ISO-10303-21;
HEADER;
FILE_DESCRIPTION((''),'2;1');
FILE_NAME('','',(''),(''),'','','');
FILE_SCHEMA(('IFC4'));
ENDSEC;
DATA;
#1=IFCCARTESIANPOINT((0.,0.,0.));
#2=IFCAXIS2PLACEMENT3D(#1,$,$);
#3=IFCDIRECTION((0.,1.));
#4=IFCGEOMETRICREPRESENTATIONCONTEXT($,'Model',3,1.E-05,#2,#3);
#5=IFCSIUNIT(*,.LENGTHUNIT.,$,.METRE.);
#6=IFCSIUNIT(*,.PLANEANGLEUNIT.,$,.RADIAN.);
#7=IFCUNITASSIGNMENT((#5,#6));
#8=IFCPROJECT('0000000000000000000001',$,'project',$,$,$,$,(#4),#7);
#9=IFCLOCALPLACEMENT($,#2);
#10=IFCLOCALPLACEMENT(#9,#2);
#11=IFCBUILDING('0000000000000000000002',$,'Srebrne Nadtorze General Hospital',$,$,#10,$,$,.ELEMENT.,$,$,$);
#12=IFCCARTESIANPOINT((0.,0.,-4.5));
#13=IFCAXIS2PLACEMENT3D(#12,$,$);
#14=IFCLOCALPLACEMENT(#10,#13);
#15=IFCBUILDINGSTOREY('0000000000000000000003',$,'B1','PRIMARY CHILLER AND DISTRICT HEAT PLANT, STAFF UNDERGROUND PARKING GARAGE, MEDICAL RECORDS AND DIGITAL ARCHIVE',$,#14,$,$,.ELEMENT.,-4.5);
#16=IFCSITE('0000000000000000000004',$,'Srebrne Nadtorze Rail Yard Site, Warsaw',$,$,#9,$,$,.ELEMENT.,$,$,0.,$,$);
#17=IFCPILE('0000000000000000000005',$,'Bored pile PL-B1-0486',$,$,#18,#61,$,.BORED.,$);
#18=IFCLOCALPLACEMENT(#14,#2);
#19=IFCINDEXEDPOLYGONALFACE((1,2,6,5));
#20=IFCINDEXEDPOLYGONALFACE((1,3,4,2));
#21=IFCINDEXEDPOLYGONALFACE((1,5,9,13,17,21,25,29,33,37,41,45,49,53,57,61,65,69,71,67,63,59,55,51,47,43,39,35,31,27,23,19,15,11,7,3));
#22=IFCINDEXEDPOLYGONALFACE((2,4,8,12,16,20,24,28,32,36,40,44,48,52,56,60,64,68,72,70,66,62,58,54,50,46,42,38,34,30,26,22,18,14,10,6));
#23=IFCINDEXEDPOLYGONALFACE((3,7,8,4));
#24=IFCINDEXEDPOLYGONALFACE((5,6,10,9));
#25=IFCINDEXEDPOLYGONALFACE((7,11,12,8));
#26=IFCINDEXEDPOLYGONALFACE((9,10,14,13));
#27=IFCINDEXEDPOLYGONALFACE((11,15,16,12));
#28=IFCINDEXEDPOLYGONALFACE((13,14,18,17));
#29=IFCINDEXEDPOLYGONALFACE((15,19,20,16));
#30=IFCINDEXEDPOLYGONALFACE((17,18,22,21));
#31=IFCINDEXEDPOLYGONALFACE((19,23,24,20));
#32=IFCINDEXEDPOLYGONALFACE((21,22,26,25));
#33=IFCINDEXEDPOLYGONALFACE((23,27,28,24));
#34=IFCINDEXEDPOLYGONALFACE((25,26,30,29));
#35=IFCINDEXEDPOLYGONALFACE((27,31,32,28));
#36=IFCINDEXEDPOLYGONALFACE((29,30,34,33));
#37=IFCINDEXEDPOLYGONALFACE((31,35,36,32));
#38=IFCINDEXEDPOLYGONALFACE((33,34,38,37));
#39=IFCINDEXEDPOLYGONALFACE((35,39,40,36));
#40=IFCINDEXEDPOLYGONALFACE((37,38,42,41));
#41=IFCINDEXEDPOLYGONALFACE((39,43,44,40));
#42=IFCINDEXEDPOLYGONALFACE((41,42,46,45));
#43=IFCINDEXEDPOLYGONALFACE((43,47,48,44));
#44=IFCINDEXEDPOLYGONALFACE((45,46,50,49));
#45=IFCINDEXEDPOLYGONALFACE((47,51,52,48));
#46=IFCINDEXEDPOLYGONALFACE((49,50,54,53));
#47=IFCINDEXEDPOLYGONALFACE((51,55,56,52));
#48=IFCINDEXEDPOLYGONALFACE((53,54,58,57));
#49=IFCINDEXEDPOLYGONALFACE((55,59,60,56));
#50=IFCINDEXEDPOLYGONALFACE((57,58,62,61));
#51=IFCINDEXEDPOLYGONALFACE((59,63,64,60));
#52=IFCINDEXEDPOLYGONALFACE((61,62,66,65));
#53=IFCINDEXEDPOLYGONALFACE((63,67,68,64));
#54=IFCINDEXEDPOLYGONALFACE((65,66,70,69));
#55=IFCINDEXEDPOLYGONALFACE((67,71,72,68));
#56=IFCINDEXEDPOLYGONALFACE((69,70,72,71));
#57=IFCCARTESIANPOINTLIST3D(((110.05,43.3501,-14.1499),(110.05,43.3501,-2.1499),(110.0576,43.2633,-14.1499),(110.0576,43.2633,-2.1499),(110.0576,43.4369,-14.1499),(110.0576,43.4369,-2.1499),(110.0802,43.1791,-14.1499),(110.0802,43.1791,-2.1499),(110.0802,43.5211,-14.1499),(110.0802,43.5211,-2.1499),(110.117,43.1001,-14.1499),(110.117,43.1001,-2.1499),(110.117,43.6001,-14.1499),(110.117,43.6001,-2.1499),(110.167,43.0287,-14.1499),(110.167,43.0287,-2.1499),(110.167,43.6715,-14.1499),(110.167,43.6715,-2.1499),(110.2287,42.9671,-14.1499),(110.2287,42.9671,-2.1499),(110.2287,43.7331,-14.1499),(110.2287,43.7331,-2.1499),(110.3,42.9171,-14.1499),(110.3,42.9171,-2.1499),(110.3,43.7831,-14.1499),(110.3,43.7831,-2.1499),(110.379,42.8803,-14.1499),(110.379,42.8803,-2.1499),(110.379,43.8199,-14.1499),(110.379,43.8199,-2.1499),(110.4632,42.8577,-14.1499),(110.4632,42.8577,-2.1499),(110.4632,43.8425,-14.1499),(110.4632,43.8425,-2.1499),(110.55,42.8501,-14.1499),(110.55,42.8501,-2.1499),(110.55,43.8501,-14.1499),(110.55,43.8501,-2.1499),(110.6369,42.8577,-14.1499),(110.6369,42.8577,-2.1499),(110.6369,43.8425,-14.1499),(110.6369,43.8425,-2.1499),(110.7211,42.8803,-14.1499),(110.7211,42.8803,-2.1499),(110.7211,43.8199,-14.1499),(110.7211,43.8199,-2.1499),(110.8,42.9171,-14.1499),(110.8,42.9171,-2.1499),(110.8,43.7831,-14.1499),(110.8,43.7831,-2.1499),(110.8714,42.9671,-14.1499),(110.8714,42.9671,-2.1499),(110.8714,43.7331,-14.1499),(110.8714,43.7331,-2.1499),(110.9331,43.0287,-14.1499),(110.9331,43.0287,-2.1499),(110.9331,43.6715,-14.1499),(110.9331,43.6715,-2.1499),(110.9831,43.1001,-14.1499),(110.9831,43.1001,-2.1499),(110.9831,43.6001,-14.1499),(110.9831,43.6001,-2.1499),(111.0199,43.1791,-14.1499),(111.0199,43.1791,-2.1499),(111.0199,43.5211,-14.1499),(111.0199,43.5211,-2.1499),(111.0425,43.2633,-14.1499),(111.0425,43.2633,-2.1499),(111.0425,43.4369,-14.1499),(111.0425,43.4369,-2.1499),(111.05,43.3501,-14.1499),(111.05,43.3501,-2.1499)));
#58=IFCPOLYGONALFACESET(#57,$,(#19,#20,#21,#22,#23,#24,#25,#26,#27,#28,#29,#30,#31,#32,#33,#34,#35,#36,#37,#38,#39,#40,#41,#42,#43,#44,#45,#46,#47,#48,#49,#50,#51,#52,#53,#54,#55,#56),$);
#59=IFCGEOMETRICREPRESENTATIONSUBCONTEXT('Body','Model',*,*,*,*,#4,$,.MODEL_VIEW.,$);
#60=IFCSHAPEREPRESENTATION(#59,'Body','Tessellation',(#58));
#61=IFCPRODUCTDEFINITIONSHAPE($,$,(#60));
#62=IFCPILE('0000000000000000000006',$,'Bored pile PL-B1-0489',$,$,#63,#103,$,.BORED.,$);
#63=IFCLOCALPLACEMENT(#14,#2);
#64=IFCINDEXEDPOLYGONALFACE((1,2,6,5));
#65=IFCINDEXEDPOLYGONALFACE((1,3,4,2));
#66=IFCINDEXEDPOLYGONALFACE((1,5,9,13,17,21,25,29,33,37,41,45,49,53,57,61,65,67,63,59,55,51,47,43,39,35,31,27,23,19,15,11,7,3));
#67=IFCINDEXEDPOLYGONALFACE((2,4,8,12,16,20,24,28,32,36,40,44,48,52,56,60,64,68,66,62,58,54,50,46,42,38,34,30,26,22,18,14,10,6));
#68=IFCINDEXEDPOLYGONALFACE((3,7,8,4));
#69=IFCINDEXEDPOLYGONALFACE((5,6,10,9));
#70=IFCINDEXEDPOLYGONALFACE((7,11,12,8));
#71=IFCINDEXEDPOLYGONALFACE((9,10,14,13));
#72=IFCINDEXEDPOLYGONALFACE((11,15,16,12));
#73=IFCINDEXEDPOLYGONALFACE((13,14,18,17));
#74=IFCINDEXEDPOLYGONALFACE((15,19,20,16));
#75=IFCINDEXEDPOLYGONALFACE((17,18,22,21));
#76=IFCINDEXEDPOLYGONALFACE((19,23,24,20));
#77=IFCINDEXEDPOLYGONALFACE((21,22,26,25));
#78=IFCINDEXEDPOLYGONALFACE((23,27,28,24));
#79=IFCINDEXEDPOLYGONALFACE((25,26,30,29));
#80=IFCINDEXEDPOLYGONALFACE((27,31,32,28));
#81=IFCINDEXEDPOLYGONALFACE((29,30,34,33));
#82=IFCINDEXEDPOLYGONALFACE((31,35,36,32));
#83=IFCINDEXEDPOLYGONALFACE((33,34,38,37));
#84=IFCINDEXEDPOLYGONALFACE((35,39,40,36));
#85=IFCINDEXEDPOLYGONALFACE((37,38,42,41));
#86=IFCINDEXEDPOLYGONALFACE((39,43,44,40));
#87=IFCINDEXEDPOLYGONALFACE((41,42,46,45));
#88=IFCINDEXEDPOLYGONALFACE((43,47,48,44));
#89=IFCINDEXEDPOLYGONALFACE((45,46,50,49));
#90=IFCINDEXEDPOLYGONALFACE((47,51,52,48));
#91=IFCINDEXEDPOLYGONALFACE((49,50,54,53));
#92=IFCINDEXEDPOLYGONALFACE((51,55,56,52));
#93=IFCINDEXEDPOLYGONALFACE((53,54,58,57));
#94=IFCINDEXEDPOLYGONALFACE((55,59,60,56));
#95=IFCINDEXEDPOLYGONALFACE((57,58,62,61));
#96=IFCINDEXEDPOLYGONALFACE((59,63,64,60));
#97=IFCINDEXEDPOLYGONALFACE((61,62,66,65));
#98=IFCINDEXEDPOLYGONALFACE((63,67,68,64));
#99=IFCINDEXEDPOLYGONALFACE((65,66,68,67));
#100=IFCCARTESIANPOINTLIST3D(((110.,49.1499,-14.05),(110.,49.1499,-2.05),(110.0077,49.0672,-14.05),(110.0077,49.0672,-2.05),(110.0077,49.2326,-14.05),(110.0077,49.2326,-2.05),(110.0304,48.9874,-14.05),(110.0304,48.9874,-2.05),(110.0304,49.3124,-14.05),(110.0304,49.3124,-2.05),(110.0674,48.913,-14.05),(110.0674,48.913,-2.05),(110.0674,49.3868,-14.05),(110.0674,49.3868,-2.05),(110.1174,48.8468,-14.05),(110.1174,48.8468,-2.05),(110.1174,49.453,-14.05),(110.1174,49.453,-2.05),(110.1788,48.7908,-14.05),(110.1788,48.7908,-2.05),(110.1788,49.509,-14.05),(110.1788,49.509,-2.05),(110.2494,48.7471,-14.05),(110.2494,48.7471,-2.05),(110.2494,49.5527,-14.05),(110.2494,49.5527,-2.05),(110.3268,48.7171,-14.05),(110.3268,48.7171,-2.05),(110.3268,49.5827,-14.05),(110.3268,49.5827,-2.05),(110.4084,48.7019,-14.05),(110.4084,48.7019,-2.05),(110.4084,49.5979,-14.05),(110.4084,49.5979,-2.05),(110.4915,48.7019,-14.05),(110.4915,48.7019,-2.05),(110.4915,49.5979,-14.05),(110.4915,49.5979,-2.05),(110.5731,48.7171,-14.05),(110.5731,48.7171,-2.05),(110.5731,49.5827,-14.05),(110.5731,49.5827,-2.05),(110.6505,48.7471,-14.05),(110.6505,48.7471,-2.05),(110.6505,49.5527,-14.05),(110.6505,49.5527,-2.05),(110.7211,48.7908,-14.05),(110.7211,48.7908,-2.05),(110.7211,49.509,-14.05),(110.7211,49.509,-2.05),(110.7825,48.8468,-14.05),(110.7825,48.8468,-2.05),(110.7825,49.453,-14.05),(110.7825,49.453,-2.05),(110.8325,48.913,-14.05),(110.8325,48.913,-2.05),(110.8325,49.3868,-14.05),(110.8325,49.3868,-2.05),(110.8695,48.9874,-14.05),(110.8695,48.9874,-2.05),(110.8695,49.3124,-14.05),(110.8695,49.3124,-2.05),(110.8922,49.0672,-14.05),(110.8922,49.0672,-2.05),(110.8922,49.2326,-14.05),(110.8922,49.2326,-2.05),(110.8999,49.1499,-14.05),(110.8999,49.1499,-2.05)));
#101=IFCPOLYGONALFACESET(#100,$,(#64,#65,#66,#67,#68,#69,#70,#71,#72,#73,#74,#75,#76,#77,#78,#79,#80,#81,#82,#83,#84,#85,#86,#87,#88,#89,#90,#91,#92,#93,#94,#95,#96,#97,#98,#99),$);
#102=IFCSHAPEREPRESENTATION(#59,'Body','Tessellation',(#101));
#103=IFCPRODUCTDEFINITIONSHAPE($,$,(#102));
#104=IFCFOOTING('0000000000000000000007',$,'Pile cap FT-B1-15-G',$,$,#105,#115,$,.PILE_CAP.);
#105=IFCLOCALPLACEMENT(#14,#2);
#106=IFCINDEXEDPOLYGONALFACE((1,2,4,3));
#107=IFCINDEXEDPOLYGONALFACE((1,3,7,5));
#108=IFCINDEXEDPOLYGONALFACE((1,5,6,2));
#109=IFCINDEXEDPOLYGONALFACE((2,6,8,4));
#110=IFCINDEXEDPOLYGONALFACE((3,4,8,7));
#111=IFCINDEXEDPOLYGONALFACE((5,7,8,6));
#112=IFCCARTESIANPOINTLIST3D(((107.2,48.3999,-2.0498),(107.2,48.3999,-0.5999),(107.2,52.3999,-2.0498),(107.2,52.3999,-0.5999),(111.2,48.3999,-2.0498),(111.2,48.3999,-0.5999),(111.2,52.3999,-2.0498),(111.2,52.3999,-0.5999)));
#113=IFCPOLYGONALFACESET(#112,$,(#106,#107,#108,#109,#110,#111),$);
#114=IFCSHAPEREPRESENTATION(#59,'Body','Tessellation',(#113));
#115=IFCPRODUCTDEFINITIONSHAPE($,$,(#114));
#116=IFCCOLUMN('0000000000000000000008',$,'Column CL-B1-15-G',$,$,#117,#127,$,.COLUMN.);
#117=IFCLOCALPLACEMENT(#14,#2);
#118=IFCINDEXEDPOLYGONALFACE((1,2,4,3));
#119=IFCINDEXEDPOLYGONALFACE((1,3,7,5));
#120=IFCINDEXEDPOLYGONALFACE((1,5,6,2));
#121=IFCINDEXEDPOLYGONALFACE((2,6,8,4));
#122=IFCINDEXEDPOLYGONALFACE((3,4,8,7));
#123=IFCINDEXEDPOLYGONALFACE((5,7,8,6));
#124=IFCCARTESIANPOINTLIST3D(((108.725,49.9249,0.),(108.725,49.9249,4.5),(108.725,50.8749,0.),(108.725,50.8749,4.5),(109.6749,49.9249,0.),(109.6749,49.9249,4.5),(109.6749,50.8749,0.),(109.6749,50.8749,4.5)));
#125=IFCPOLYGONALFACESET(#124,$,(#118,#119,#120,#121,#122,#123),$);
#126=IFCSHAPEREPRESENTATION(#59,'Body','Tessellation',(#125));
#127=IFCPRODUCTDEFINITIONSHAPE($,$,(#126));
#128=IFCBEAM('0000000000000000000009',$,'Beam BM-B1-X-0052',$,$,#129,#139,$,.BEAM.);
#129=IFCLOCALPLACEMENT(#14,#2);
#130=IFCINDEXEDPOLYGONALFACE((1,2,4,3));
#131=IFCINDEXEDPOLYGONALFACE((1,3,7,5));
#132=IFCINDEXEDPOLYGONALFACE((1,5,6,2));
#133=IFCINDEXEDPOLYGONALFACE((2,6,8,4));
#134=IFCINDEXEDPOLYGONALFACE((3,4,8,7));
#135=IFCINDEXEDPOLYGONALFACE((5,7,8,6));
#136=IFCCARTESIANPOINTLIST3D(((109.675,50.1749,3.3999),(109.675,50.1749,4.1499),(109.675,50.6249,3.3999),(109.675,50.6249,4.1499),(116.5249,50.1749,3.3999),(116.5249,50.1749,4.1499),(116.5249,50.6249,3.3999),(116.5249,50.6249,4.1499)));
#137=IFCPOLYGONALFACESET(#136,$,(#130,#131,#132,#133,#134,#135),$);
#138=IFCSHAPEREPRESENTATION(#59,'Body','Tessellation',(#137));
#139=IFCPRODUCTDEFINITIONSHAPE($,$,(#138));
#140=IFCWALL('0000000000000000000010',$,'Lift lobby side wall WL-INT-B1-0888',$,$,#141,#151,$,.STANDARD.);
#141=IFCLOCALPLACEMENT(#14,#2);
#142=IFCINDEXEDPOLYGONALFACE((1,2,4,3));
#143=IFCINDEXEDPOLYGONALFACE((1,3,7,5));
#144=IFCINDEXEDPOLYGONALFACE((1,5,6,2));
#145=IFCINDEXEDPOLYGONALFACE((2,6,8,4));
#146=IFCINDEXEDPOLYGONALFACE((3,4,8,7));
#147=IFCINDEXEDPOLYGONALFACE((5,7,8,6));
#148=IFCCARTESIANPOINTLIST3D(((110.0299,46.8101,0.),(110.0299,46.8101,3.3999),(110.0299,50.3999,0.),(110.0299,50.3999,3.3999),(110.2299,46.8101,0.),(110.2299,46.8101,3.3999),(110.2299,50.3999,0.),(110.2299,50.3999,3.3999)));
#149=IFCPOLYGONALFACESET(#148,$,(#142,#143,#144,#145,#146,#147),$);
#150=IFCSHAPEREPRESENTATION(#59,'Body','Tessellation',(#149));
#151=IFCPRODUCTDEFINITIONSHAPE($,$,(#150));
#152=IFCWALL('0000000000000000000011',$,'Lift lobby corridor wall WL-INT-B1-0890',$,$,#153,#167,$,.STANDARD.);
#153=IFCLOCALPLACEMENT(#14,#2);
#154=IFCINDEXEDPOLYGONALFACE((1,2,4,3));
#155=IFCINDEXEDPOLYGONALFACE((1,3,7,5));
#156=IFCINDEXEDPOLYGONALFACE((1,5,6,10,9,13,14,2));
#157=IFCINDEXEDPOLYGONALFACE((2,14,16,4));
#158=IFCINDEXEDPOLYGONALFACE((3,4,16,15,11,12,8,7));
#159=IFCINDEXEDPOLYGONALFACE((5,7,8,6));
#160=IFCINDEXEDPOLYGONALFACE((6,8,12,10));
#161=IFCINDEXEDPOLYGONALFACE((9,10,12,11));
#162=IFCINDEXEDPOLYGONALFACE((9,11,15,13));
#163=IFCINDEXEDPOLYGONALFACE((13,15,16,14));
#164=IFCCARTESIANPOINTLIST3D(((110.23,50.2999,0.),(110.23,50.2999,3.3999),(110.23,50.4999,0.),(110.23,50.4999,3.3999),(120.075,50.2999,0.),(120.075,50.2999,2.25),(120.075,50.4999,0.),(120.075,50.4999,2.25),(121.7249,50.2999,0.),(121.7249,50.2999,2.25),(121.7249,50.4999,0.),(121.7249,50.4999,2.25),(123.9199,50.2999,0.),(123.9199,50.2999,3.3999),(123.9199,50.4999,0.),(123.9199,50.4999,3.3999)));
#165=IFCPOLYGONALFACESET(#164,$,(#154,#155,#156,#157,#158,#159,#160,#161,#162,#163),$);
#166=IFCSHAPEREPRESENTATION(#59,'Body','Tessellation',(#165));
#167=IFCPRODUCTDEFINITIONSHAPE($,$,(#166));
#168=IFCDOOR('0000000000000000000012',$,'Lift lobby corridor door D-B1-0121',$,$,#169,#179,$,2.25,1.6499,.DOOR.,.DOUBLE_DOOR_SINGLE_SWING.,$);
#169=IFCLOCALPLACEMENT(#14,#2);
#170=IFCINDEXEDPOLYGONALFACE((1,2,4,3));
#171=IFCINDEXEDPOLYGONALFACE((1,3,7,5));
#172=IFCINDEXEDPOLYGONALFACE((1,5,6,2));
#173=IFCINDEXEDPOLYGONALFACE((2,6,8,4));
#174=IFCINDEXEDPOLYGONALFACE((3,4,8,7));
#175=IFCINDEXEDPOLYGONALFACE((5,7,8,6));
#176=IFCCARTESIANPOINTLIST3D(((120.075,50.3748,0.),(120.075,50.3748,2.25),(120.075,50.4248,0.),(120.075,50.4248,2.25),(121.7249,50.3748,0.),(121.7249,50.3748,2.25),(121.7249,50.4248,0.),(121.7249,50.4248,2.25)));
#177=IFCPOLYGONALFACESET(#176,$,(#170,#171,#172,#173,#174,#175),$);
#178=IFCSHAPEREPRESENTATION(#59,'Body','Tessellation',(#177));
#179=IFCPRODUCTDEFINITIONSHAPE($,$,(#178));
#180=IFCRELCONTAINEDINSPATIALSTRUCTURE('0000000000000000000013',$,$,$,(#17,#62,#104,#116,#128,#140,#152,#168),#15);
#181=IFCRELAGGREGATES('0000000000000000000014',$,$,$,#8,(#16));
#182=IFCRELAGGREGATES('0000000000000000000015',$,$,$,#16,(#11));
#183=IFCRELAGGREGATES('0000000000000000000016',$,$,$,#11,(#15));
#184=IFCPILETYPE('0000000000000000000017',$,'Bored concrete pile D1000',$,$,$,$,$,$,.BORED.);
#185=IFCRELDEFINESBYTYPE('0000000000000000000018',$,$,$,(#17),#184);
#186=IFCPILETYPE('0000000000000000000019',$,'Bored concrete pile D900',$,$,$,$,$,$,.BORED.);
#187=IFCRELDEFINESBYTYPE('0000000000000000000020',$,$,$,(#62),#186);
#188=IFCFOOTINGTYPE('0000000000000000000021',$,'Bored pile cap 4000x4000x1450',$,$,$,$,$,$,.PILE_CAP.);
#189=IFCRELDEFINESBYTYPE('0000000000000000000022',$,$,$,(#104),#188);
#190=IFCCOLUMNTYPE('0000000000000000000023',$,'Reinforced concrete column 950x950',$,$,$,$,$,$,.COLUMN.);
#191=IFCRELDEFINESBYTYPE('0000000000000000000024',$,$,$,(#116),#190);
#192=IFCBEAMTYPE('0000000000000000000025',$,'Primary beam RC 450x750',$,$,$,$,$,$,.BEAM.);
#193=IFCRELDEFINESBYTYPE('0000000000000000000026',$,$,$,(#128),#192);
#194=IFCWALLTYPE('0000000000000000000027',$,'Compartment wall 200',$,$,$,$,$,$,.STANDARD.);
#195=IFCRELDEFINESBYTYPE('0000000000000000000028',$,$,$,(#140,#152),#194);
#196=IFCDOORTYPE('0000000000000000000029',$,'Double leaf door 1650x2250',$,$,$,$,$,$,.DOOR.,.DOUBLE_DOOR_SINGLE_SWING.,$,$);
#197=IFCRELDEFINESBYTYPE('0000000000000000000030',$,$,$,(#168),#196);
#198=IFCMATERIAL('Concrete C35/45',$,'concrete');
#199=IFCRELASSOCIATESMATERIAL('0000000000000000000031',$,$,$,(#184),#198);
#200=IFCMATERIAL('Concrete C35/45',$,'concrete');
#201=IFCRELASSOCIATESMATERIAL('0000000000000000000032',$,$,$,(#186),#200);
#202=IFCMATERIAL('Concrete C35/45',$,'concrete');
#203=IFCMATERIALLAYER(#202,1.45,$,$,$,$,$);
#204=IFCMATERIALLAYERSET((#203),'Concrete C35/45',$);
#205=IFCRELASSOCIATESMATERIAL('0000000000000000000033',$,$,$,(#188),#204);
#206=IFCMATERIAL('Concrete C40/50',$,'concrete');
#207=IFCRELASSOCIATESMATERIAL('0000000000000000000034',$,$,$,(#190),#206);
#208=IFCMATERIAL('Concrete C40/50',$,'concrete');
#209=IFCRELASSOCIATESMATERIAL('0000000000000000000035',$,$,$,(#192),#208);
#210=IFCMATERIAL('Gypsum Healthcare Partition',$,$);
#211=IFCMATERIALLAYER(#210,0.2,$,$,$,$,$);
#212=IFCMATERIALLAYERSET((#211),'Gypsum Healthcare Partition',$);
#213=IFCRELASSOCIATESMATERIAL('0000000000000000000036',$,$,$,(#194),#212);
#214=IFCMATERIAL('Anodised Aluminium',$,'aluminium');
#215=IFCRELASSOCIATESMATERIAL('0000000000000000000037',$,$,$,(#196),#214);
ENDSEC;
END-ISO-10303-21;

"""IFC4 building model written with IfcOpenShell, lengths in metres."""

from ifc_helpers import new_model, si_unit, direction, frame, frame_2d, origin, origin_2d, place, context, subcontext, project, spatial, rectangle, circle, extrude, material, layer, layer_set, material_profile, profile_set, type_object, element, fill, save


model = new_model("IFC4")

# Units and contexts
model_context = context("Model", 3, precision=1e-05, world=origin(), true_north=direction((0.0, 1.0)))
body_context = subcontext(model_context, "Body", "Model", "MODEL_VIEW")
ifc_project = project(units=[si_unit("LENGTHUNIT", "METRE"), si_unit("PLANEANGLEUNIT", "RADIAN")], contexts=[model_context])

# Site, building, storey
site_placement = place(None, origin())
site = spatial("IfcSite", under=ifc_project, at=site_placement, Name="Srebrne Nadtorze Rail Yard Site, Warsaw", CompositionType="ELEMENT", RefElevation=0.0)
building_placement = place(site_placement, origin())
building = spatial("IfcBuilding", under=site, at=building_placement, Name="Srebrne Nadtorze General Hospital", CompositionType="ELEMENT")
storey_placement = place(building_placement, frame((0.0, 0.0, -4.5)))
storey = spatial("IfcBuildingStorey", under=building, at=storey_placement, Name="B1", Description="PRIMARY CHILLER AND DISTRICT HEAT PLANT, STAFF UNDERGROUND PARKING GARAGE, MEDICAL RECORDS AND DIGITAL ARCHIVE", CompositionType="ELEMENT", Elevation=-4.5)

# Piles
ifc_material_1 = material(Name="Concrete C35/45", Category="concrete")
ifc_material_profile_1 = material_profile(ifc_material_1, circle(Radius=0.5, at=origin_2d()), Name="PILE-D1000")
ifc_profile_set_1 = profile_set([ifc_material_profile_1], Name="Concrete C35/45")
pile_type_1 = type_object("IfcPileType", Name="Bored concrete pile D1000", PredefinedType="BORED", material=ifc_profile_set_1)
pile_1_placement = place(storey_placement, frame((110.55, 43.3501, -2.1499), z_axis=(0.0, 0.0, -1.0), x_axis=(1.0, 0.0, 0.0)))
element("IfcPile", 1, at=pile_1_placement, inside=storey, type_object=pile_type_1, Name="Bored pile PL-B1-0486", PredefinedType="BORED", context=body_context, shape_type="SweptSolid", body=[
    extrude(circle(Radius=0.5, at=origin_2d()), origin(), (0.0, 0.0, 1.0), 12.0),
])
ifc_material_2 = material(Name="Concrete C35/45", Category="concrete")
ifc_material_profile_2 = material_profile(ifc_material_2, circle(Radius=0.45, at=origin_2d()), Name="PILE-D900")
ifc_profile_set_2 = profile_set([ifc_material_profile_2], Name="Concrete C35/45")
pile_type_2 = type_object("IfcPileType", Name="Bored concrete pile D900", PredefinedType="BORED", material=ifc_profile_set_2)
pile_2_placement = place(storey_placement, frame((110.45, 49.1499, -2.05), z_axis=(0.0, 0.0, -1.0), x_axis=(1.0, 0.0, 0.0)))
element("IfcPile", 2, at=pile_2_placement, inside=storey, type_object=pile_type_2, Name="Bored pile PL-B1-0489", PredefinedType="BORED", context=body_context, shape_type="SweptSolid", body=[
    extrude(circle(Radius=0.45, at=origin_2d()), origin(), (0.0, 0.0, 1.0), 12.0),
])

# Footing
ifc_material_3 = material(Name="Concrete C35/45", Category="concrete")
ifc_layer_1 = layer(ifc_material_3, 1.45)
ifc_layer_set_1 = layer_set([ifc_layer_1], Name="Concrete C35/45")
footing_type = type_object("IfcFootingType", Name="Bored pile cap 4000x4000x1450", PredefinedType="PILE_CAP", material=ifc_layer_set_1)
footing_placement = place(storey_placement, frame((109.2, 50.3999, -2.0498), z_axis=(0.0, 0.0, 1.0), x_axis=(1.0, 0.0, 0.0)))
element("IfcFooting", 3, at=footing_placement, inside=storey, type_object=footing_type, Name="Pile cap FT-B1-15-G", PredefinedType="PILE_CAP", context=body_context, shape_type="SweptSolid", body=[
    extrude(rectangle(XDim=4.0, YDim=4.0, at=origin_2d()), origin(), (0.0, 0.0, 1.0), 1.45),
])

# Column
ifc_material_4 = material(Name="Concrete C40/50", Category="concrete")
ifc_material_profile_3 = material_profile(ifc_material_4, rectangle(XDim=0.95, YDim=0.95, at=origin_2d()), Name="RC-COL-950x950")
ifc_profile_set_3 = profile_set([ifc_material_profile_3], Name="Concrete C40/50")
column_type = type_object("IfcColumnType", Name="Reinforced concrete column 950x950", PredefinedType="COLUMN", material=ifc_profile_set_3)
column_placement = place(storey_placement, frame((109.2, 50.3999, 0.0), z_axis=(0.0, 0.0, 1.0), x_axis=(1.0, 0.0, 0.0)))
element("IfcColumn", 4, at=column_placement, inside=storey, type_object=column_type, Name="Column CL-B1-15-G", PredefinedType="COLUMN", context=body_context, shape_type="SweptSolid", body=[
    extrude(rectangle(XDim=0.95, YDim=0.95, at=origin_2d()), origin(), (0.0, 0.0, 1.0), 4.5),
])

# Beam
ifc_material_5 = material(Name="Concrete C40/50", Category="concrete")
ifc_material_profile_4 = material_profile(ifc_material_5, rectangle(XDim=0.45, YDim=0.75, at=origin_2d()), Name="RC-BM-450x750")
ifc_profile_set_4 = profile_set([ifc_material_profile_4], Name="Concrete C40/50")
beam_type = type_object("IfcBeamType", Name="Primary beam RC 450x750", PredefinedType="BEAM", material=ifc_profile_set_4)
beam_placement = place(storey_placement, frame((109.675, 50.3999, 3.7749), z_axis=(1.0, 0.0, 0.0), x_axis=(0.0, 1.0, 0.0)))
element("IfcBeam", 5, at=beam_placement, inside=storey, type_object=beam_type, Name="Beam BM-B1-X-0052", PredefinedType="BEAM", context=body_context, shape_type="SweptSolid", body=[
    extrude(rectangle(XDim=0.45, YDim=0.75, at=origin_2d()), origin(), (0.0, 0.0, 1.0), 6.8499),
])

# Wall
ifc_material_6 = material(Name="Gypsum Healthcare Partition")
ifc_layer_2 = layer(ifc_material_6, 0.2)
ifc_layer_set_2 = layer_set([ifc_layer_2], Name="Gypsum Healthcare Partition")
wall_type_1 = type_object("IfcWallType", Name="Compartment wall 200", PredefinedType="STANDARD", material=ifc_layer_set_2)
wall_1_placement = place(storey_placement, frame((110.1299, 46.8101, 0.0), z_axis=(0.0, 0.0, 1.0), x_axis=(0.0, 1.0, 0.0)))
element("IfcWall", 6, at=wall_1_placement, inside=storey, type_object=wall_type_1, Name="Lift lobby side wall WL-INT-B1-0888", PredefinedType="STANDARD", context=body_context, shape_type="SweptSolid", body=[
    extrude(rectangle(XDim=3.5898, YDim=0.2, at=frame_2d((1.7949, 0.0))), origin(), (0.0, 0.0, 1.0), 3.3999),
])

# Wall, opening, door
wall_2_placement = place(storey_placement, frame((110.23, 50.3999, 0.0), z_axis=(0.0, 0.0, 1.0), x_axis=(1.0, 0.0, 0.0)))
wall_2 = element("IfcWall", 7, at=wall_2_placement, inside=storey, type_object=wall_type_1, Name="Lift lobby corridor wall WL-INT-B1-0890", PredefinedType="STANDARD", context=body_context, shape_type="SweptSolid", body=[
    extrude(rectangle(XDim=13.6899, YDim=0.2, at=frame_2d((6.845, 0.0))), origin(), (0.0, 0.0, 1.0), 3.3999),
])
opening_1_placement = place(wall_2_placement, frame((9.845, 0.0, 0.0)))
opening_1 = element("IfcOpeningElement", 8, at=opening_1_placement, cuts=wall_2, PredefinedType="OPENING", context=body_context, shape_type="SweptSolid", body=[
    extrude(rectangle(XDim=1.6499, YDim=2.25, at=frame_2d((0.825, 1.125))), frame((0.0, 0.1118, 0.0), z_axis=(0.0, -1.0, 0.0), x_axis=(1.0, 0.0, 0.0)), (0.0, 0.0, 1.0), 0.2239),
])
ifc_material_7 = material(Name="Anodised Aluminium", Category="aluminium")
door_type_1 = type_object("IfcDoorType", Name="Double leaf door 1650x2250", OperationType="DOUBLE_DOOR_SINGLE_SWING", PredefinedType="DOOR", material=ifc_material_7)
door_1_placement = place(opening_1_placement, origin())
door_1 = element("IfcDoor", 9, at=door_1_placement, inside=storey, type_object=door_type_1, Name="Lift lobby corridor door D-B1-0121", OperationType="DOUBLE_DOOR_SINGLE_SWING", OverallHeight=2.25, OverallWidth=1.6499, PredefinedType="DOOR", context=body_context, shape_type="SweptSolid", body=[
    extrude(rectangle(XDim=1.6499, YDim=2.25, at=frame_2d((0.825, 1.125))), frame((0.0, 0.0249, 0.0), z_axis=(0.0, -1.0, 0.0), x_axis=(1.0, 0.0, 0.0)), (0.0, 0.0, 1.0), 0.05),
])
fill(opening_1, door_1)

save(model, "model.ifc")
